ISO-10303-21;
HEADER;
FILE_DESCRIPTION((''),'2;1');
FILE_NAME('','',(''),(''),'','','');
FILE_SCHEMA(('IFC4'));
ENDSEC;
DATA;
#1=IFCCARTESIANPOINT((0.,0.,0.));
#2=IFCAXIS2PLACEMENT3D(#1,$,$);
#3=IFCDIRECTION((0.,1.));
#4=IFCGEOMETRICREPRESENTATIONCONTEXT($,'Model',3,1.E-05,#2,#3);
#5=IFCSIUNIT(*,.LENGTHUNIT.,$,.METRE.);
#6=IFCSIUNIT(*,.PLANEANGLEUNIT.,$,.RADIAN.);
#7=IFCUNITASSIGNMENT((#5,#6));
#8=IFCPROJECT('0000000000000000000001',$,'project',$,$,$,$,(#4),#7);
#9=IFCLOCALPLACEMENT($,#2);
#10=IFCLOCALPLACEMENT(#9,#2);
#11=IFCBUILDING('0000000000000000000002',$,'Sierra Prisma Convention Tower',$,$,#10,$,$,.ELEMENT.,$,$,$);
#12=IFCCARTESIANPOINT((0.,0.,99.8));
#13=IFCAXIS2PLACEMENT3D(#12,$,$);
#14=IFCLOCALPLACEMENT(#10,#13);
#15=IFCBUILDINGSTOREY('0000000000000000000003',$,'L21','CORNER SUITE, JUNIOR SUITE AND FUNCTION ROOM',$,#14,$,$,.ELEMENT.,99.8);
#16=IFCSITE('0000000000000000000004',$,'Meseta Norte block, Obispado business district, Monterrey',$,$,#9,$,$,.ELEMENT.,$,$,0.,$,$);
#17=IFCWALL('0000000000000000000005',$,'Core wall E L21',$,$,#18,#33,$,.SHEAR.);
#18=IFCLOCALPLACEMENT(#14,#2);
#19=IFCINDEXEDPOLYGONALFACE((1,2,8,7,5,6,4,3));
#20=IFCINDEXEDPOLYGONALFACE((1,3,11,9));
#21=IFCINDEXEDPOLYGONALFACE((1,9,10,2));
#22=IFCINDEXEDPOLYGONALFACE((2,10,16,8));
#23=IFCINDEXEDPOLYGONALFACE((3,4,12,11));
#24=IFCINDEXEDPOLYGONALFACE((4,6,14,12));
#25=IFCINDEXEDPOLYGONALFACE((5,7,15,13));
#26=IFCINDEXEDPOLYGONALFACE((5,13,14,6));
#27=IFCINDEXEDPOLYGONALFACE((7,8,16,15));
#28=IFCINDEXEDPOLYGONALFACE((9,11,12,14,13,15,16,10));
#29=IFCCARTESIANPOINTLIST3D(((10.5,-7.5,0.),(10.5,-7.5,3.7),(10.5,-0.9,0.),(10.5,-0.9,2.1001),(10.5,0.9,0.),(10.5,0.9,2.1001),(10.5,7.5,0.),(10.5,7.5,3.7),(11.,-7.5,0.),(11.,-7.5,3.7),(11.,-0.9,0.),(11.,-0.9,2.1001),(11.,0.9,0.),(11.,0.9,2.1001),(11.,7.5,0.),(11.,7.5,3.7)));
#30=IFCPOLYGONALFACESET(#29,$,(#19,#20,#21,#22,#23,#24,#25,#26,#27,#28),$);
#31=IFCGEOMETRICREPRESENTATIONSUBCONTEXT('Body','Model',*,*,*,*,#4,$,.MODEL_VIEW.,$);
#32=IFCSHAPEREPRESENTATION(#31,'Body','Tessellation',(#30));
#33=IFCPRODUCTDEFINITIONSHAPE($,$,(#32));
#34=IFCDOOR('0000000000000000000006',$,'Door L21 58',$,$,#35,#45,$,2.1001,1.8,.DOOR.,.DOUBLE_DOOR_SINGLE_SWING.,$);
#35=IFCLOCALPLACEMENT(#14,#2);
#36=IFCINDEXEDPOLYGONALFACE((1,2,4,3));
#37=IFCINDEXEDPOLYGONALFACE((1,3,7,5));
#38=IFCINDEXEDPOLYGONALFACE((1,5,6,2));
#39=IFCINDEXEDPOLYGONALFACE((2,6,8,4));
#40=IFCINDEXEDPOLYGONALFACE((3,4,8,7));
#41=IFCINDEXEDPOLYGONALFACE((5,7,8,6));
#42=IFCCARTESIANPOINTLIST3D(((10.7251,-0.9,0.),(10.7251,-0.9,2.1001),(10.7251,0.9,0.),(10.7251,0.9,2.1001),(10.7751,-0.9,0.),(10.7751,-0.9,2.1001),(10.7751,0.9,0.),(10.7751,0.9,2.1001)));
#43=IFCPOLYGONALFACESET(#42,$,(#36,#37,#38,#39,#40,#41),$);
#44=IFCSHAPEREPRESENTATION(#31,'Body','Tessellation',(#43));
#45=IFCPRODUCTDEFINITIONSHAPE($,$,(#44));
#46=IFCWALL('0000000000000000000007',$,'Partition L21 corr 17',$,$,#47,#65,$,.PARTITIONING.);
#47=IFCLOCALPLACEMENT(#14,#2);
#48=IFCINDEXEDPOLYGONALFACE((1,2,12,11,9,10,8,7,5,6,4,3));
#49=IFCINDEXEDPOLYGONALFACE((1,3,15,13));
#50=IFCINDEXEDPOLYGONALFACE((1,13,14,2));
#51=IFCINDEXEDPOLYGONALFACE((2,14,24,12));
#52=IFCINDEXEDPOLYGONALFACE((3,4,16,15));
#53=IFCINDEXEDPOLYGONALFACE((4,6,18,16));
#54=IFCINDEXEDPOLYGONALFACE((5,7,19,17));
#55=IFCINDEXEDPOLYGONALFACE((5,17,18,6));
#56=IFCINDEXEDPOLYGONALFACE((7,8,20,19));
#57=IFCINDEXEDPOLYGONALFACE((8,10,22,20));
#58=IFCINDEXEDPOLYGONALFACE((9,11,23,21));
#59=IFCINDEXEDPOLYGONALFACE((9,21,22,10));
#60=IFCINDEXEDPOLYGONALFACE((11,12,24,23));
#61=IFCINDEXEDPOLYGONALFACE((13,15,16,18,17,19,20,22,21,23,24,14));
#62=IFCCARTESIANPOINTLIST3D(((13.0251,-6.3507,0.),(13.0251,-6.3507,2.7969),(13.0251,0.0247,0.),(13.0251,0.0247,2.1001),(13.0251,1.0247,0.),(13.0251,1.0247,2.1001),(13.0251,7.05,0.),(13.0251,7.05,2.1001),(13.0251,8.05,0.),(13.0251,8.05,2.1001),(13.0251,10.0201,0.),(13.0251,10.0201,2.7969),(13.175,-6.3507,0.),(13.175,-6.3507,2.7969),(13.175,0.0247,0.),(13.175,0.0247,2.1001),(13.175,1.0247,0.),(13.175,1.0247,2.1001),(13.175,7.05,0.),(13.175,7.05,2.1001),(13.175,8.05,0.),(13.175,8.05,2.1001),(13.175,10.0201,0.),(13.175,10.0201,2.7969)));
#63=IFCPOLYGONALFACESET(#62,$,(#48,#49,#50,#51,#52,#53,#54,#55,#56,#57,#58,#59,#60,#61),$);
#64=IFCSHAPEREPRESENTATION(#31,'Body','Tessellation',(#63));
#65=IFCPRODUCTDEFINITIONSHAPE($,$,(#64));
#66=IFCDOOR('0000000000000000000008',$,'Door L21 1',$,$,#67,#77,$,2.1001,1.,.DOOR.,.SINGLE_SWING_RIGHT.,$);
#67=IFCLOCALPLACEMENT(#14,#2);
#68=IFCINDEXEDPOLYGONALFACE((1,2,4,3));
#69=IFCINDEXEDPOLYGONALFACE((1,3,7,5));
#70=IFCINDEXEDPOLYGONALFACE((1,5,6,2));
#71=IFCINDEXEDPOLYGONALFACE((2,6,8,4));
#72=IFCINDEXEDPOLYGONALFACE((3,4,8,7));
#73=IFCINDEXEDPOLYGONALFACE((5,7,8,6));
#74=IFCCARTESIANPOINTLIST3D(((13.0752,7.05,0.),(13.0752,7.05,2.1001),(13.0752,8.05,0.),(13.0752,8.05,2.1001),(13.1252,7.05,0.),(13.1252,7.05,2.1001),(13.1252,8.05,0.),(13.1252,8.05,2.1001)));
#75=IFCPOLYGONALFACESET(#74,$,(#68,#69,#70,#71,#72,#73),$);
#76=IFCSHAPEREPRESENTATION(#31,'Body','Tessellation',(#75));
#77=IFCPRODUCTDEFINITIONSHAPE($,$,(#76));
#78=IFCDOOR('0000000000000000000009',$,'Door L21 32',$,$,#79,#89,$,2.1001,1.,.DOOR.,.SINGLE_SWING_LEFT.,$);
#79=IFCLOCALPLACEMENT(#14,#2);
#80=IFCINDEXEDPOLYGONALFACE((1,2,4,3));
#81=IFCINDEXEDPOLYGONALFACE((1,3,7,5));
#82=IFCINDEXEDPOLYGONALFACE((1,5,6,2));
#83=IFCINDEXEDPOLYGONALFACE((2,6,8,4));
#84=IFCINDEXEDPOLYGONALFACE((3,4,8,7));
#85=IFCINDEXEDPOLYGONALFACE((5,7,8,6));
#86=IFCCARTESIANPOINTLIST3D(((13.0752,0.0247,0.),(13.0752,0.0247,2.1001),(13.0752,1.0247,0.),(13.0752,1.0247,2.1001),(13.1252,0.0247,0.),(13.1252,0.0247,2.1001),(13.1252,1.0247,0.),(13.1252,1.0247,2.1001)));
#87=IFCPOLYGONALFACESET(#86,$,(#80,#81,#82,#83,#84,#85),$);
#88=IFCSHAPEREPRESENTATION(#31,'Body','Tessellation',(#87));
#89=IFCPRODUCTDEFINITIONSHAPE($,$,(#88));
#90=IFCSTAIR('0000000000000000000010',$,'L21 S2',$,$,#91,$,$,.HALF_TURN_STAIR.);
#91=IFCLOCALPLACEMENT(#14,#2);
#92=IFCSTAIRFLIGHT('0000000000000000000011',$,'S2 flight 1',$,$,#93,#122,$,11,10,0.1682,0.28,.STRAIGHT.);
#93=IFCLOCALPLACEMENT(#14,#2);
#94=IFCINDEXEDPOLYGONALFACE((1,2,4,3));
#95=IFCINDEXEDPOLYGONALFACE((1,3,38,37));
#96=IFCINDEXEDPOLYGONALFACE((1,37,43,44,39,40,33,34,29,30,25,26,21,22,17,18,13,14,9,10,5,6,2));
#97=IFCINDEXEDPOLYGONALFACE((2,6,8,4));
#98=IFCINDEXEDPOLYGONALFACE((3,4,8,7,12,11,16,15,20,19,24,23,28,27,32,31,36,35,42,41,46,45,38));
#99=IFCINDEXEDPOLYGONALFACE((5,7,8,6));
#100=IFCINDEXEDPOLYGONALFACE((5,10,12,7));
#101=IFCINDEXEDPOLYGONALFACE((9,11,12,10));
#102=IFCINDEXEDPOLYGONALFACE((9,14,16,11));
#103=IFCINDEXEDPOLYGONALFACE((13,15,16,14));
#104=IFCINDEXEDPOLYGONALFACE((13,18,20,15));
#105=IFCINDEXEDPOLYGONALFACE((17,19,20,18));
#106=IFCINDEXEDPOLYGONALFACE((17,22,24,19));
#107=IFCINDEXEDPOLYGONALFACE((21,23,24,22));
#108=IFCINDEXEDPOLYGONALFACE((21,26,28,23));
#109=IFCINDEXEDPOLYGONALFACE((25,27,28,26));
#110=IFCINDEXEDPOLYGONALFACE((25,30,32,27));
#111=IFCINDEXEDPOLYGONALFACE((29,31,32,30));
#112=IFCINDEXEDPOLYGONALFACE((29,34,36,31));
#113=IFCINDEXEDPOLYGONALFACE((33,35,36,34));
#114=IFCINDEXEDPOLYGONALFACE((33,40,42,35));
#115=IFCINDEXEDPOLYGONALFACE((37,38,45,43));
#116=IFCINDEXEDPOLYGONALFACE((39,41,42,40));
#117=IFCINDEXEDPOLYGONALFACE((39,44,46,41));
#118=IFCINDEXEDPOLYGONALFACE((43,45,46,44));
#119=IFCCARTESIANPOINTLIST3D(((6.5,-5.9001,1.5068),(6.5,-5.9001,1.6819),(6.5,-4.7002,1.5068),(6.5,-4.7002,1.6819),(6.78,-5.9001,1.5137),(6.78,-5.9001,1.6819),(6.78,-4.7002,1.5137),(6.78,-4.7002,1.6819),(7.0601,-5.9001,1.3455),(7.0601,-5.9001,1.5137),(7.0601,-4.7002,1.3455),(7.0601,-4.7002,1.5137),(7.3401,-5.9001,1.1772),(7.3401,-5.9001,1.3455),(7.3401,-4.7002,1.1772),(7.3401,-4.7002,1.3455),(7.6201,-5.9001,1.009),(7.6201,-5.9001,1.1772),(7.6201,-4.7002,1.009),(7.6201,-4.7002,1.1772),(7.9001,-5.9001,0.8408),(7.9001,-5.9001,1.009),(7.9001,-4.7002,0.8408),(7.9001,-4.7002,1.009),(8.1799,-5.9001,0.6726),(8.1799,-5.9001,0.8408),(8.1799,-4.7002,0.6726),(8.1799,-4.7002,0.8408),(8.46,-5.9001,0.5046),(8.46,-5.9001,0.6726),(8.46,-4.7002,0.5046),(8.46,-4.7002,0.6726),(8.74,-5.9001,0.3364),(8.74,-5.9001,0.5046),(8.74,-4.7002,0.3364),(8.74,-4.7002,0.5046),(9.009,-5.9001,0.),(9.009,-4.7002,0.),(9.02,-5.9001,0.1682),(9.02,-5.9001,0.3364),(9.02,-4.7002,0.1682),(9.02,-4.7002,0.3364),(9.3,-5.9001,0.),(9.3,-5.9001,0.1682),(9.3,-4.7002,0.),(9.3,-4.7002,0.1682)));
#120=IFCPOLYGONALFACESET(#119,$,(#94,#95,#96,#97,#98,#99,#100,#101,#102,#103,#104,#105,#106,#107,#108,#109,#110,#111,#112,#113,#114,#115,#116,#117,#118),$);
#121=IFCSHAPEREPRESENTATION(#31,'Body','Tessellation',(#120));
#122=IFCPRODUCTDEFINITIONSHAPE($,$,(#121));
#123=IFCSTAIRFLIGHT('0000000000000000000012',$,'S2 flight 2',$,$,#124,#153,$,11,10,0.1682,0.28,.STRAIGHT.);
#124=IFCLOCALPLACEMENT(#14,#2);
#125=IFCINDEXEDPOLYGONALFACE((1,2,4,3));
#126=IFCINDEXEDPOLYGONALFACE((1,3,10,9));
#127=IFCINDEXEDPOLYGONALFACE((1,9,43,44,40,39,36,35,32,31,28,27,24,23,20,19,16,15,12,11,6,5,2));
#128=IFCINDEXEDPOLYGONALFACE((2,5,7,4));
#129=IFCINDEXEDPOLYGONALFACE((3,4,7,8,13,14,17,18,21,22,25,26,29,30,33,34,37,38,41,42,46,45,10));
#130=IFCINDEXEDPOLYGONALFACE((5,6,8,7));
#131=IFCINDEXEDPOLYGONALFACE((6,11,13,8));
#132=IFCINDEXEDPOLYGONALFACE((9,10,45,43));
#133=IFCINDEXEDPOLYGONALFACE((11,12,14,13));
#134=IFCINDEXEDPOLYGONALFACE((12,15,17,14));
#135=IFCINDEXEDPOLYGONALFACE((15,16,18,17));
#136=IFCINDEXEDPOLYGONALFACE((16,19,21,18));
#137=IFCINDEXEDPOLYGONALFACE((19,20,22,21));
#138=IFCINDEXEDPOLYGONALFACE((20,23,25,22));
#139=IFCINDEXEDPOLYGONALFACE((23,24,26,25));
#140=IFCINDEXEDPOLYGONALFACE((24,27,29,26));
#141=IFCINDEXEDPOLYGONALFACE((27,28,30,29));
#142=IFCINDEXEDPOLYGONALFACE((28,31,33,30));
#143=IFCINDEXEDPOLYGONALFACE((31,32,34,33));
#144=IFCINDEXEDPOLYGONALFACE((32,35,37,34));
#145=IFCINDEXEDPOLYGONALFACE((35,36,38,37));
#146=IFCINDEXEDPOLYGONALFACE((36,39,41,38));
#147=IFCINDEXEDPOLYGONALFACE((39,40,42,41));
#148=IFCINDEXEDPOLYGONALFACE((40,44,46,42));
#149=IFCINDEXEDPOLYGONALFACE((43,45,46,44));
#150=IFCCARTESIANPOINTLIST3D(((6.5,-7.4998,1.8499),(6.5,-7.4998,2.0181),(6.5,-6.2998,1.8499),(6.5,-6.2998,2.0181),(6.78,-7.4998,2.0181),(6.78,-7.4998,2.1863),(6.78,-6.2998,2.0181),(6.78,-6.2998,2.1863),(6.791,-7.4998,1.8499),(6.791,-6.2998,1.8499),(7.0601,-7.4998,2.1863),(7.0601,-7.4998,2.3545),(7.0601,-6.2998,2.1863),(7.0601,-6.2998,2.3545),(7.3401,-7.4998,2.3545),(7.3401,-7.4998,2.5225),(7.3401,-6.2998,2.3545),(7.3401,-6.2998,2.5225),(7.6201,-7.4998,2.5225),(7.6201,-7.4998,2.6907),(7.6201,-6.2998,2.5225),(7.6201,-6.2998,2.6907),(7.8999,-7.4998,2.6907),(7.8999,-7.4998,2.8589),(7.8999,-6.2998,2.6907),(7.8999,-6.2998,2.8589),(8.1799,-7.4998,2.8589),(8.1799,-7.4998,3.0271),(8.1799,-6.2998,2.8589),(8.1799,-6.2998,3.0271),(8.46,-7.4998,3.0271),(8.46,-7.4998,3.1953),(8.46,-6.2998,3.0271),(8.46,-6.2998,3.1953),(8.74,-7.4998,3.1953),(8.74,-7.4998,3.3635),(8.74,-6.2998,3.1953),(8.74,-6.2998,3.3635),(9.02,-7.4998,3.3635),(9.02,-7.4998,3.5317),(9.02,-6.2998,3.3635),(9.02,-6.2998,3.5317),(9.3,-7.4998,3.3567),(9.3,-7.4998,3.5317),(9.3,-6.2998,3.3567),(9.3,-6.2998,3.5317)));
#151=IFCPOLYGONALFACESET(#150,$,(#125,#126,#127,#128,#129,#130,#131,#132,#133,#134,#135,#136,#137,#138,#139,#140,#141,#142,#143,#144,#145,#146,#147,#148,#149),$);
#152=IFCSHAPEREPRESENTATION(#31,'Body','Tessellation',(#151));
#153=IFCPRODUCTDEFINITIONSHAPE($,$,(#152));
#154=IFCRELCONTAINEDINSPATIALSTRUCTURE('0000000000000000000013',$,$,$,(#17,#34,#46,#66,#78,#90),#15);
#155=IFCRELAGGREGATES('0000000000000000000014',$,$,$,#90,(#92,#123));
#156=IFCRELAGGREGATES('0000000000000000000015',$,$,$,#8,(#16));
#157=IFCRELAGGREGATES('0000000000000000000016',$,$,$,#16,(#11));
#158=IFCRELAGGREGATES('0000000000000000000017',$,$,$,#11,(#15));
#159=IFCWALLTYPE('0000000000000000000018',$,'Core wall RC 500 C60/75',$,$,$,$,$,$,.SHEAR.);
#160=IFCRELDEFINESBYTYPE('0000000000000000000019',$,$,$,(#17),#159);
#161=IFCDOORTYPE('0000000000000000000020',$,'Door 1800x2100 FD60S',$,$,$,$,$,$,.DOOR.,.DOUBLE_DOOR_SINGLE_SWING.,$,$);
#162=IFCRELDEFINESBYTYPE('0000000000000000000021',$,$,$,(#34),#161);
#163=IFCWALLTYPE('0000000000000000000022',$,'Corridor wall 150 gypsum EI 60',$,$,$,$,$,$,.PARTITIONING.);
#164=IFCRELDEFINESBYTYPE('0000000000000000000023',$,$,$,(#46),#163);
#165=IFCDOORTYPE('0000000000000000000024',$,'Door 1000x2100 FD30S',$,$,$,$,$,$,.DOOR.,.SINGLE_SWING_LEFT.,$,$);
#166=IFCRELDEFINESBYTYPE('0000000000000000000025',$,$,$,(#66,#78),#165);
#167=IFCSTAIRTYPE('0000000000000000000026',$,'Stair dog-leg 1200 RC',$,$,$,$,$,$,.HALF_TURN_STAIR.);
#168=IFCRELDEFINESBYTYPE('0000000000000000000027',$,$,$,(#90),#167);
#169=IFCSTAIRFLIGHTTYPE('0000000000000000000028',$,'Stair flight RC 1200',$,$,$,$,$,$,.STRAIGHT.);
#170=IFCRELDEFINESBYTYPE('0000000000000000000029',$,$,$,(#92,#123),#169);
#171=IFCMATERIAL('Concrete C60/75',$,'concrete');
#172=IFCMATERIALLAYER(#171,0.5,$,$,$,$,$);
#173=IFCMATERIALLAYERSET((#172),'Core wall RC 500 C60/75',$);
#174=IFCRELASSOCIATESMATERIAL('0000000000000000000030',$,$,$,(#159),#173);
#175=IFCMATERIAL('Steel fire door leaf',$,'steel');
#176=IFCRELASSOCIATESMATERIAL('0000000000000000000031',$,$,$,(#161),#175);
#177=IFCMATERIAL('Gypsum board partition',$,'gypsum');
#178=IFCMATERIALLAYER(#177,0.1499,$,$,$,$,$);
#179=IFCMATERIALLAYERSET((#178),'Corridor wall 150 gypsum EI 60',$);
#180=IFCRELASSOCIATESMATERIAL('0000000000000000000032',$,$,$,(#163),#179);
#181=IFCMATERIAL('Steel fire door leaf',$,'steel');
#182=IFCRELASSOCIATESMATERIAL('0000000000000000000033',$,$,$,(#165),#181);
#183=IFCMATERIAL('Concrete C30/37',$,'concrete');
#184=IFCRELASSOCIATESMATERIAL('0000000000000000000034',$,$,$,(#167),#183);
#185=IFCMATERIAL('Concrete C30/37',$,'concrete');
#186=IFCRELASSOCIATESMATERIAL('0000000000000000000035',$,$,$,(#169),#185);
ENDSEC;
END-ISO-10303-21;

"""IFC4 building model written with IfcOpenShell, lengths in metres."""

from ifc_helpers import new_model, si_unit, direction, frame, frame_2d, origin, place, context, subcontext, project, spatial, polyline, rectangle, outline, extrude, material, layer, layer_set, type_object, element, fill, aggregate, save


model = new_model("IFC4")

# Units and contexts
model_context = context("Model", 3, precision=1e-05, world=origin(), true_north=direction((0.0, 1.0)))
body_context = subcontext(model_context, "Body", "Model", "MODEL_VIEW")
ifc_project = project(units=[si_unit("LENGTHUNIT", "METRE"), si_unit("PLANEANGLEUNIT", "RADIAN")], contexts=[model_context])

# Site, building, storey
site_placement = place(None, origin())
site = spatial("IfcSite", under=ifc_project, at=site_placement, Name="Meseta Norte block, Obispado business district, Monterrey", CompositionType="ELEMENT", RefElevation=0.0)
building_placement = place(site_placement, origin())
building = spatial("IfcBuilding", under=site, at=building_placement, Name="Sierra Prisma Convention Tower", CompositionType="ELEMENT")
storey_placement = place(building_placement, frame((0.0, 0.0, 99.8)))
storey = spatial("IfcBuildingStorey", under=building, at=storey_placement, Name="L21", Description="CORNER SUITE, JUNIOR SUITE AND FUNCTION ROOM", CompositionType="ELEMENT", Elevation=99.8)

# Wall, opening, door
ifc_material_1 = material(Name="Concrete C60/75", Category="concrete")
ifc_layer_1 = layer(ifc_material_1, 0.5)
ifc_layer_set_1 = layer_set([ifc_layer_1], Name="Core wall RC 500 C60/75")
wall_type_1 = type_object("IfcWallType", Name="Core wall RC 500 C60/75", PredefinedType="SHEAR", material=ifc_layer_set_1)
wall_1_placement = place(storey_placement, frame((10.75, -7.5, 0.0), z_axis=(0.0, 0.0, 1.0), x_axis=(0.0, 1.0, 0.0)))
wall_1 = element("IfcWall", 1, at=wall_1_placement, inside=storey, type_object=wall_type_1, Name="Core wall E L21", PredefinedType="SHEAR", context=body_context, shape_type="SweptSolid", body=[
    extrude(rectangle(XDim=15.0, YDim=0.5, at=frame_2d((7.5, 0.0))), origin(), (0.0, 0.0, 1.0), 3.7),
])
opening_1_placement = place(wall_1_placement, frame((6.6001, 0.0, 0.0)))
opening_1 = element("IfcOpeningElement", 2, at=opening_1_placement, cuts=wall_1, PredefinedType="OPENING", context=body_context, shape_type="SweptSolid", body=[
    extrude(rectangle(XDim=1.8, YDim=2.1001, at=frame_2d((0.8999, 1.05))), frame((0.0, 0.25, 0.0), z_axis=(0.0, -1.0, 0.0), x_axis=(1.0, 0.0, 0.0)), (0.0, 0.0, 1.0), 0.5),
])
ifc_material_2 = material(Name="Steel fire door leaf", Category="steel")
door_type_1 = type_object("IfcDoorType", Name="Door 1800x2100 FD60S", OperationType="DOUBLE_DOOR_SINGLE_SWING", PredefinedType="DOOR", material=ifc_material_2)
door_1_placement = place(opening_1_placement, origin())
door_1 = element("IfcDoor", 3, at=door_1_placement, inside=storey, type_object=door_type_1, Name="Door L21 58", OperationType="DOUBLE_DOOR_SINGLE_SWING", OverallHeight=2.1001, OverallWidth=1.8, PredefinedType="DOOR", context=body_context, shape_type="SweptSolid", body=[
    extrude(rectangle(XDim=1.8, YDim=2.1001, at=frame_2d((0.8999, 1.05))), frame((0.0, 0.0249, 0.0), z_axis=(0.0, -1.0, 0.0), x_axis=(1.0, 0.0, 0.0)), (0.0, 0.0, 1.0), 0.05),
])
fill(opening_1, door_1)

# Wall, openings, doors
ifc_material_3 = material(Name="Gypsum board partition", Category="gypsum")
ifc_layer_2 = layer(ifc_material_3, 0.1499)
ifc_layer_set_2 = layer_set([ifc_layer_2], Name="Corridor wall 150 gypsum EI 60")
wall_type_2 = type_object("IfcWallType", Name="Corridor wall 150 gypsum EI 60", PredefinedType="PARTITIONING", material=ifc_layer_set_2)
wall_2_placement = place(storey_placement, frame((13.1001, -6.3508, 0.0), z_axis=(0.0, 0.0, 1.0), x_axis=(0.0, 1.0, 0.0)))
wall_2 = element("IfcWall", 4, at=wall_2_placement, inside=storey, type_object=wall_type_2, Name="Partition L21 corr 17", PredefinedType="PARTITIONING", context=body_context, shape_type="SweptSolid", body=[
    extrude(rectangle(XDim=16.3708, YDim=0.1499, at=frame_2d((8.1855, 0.0))), origin(), (0.0, 0.0, 1.0), 2.7969),
])
opening_2_placement = place(wall_2_placement, frame((13.4009, 0.0, 0.0)))
opening_2 = element("IfcOpeningElement", 5, at=opening_2_placement, cuts=wall_2, PredefinedType="OPENING", context=body_context, shape_type="SweptSolid", body=[
    extrude(rectangle(XDim=1.0, YDim=2.1001, at=frame_2d((0.5, 1.05))), frame((0.0, 0.075, 0.0), z_axis=(0.0, -1.0, 0.0), x_axis=(1.0, 0.0, 0.0)), (0.0, 0.0, 1.0), 0.1499),
])
opening_3_placement = place(wall_2_placement, frame((6.3755, 0.0, 0.0)))
opening_3 = element("IfcOpeningElement", 6, at=opening_3_placement, cuts=wall_2, PredefinedType="OPENING", context=body_context, shape_type="SweptSolid", body=[
    extrude(rectangle(XDim=1.0, YDim=2.1001, at=frame_2d((0.5, 1.05))), frame((0.0, 0.075, 0.0), z_axis=(0.0, -1.0, 0.0), x_axis=(1.0, 0.0, 0.0)), (0.0, 0.0, 1.0), 0.1499),
])
ifc_material_4 = material(Name="Steel fire door leaf", Category="steel")
door_type_2 = type_object("IfcDoorType", Name="Door 1000x2100 FD30S", OperationType="SINGLE_SWING_LEFT", PredefinedType="DOOR", material=ifc_material_4)
door_2_placement = place(opening_2_placement, origin())
door_2 = element("IfcDoor", 7, at=door_2_placement, inside=storey, type_object=door_type_2, Name="Door L21 1", OperationType="SINGLE_SWING_RIGHT", OverallHeight=2.1001, OverallWidth=1.0, PredefinedType="DOOR", context=body_context, shape_type="SweptSolid", body=[
    extrude(rectangle(XDim=1.0, YDim=2.1001, at=frame_2d((0.5, 1.05))), frame((0.0, 0.0249, 0.0), z_axis=(0.0, -1.0, 0.0), x_axis=(1.0, 0.0, 0.0)), (0.0, 0.0, 1.0), 0.05),
])
fill(opening_2, door_2)
door_3_placement = place(opening_3_placement, origin())
door_3 = element("IfcDoor", 8, at=door_3_placement, inside=storey, type_object=door_type_2, Name="Door L21 32", OperationType="SINGLE_SWING_LEFT", OverallHeight=2.1001, OverallWidth=1.0, PredefinedType="DOOR", context=body_context, shape_type="SweptSolid", body=[
    extrude(rectangle(XDim=1.0, YDim=2.1001, at=frame_2d((0.5, 1.05))), frame((0.0, 0.0249, 0.0), z_axis=(0.0, -1.0, 0.0), x_axis=(1.0, 0.0, 0.0)), (0.0, 0.0, 1.0), 0.05),
])
fill(opening_3, door_3)

# Stair, stair flights
ifc_material_5 = material(Name="Concrete C30/37", Category="concrete")
stair_type = type_object("IfcStairType", Name="Stair dog-leg 1200 RC", PredefinedType="HALF_TURN_STAIR", material=ifc_material_5)
stair_placement = place(storey_placement, origin())
stair = element("IfcStair", 9, at=stair_placement, inside=storey, type_object=stair_type, Name="L21 S2", PredefinedType="HALF_TURN_STAIR")
ifc_material_6 = material(Name="Concrete C30/37", Category="concrete")
stair_flight_type = type_object("IfcStairFlightType", Name="Stair flight RC 1200", PredefinedType="STRAIGHT", material=ifc_material_6)
stair_flight_1_placement = place(storey_placement, frame((9.3, -5.3, 0.0), z_axis=(0.0, 0.0, 1.0), x_axis=(-1.0, 0.0, 0.0)))
stair_flight_1 = element("IfcStairFlight", 10, at=stair_flight_1_placement, type_object=stair_flight_type, Name="S2 flight 1", NumberOfRisers=11, NumberOfTreads=10, PredefinedType="STRAIGHT", RiserHeight=0.1682, TreadLength=0.28, context=body_context, shape_type="SweptSolid", body=[
    extrude(outline(polyline([(0.0, 0.0), (0.0, 0.1682), (0.28, 0.1682), (0.28, 0.3364), (0.5601, 0.3364), (0.5601, 0.5046), (0.8401, 0.5046), (0.8401, 0.6726), (1.1201, 0.6726), (1.1201, 0.8408), (1.3999, 0.8408), (1.3999, 1.009), (1.6799, 1.009), (1.6799, 1.1772), (1.96, 1.1772), (1.96, 1.3455), (2.24, 1.3455), (2.24, 1.5137), (2.52, 1.5137), (2.52, 1.6819), (2.8, 1.6819), (2.8, 1.8501), (2.8, 1.5068), (0.291, 0.0), (0.0, 0.0)])), frame((0.0, 0.6001, 0.0), z_axis=(0.0, -1.0, 0.0), x_axis=(1.0, 0.0, 0.0)), (0.0, 0.0, 1.0), 1.2),
])
stair_flight_2_placement = place(storey_placement, frame((6.5, -6.8999, 1.8499), z_axis=(0.0, 0.0, 1.0), x_axis=(1.0, 0.0, 0.0)))
stair_flight_2 = element("IfcStairFlight", 11, at=stair_flight_2_placement, type_object=stair_flight_type, Name="S2 flight 2", NumberOfRisers=11, NumberOfTreads=10, PredefinedType="STRAIGHT", RiserHeight=0.1682, TreadLength=0.28, context=body_context, shape_type="SweptSolid", body=[
    extrude(outline(polyline([(0.0, 0.0), (0.0, 0.1682), (0.28, 0.1682), (0.28, 0.3364), (0.5601, 0.3364), (0.5601, 0.5046), (0.8401, 0.5046), (0.8401, 0.6726), (1.1201, 0.6726), (1.1201, 0.8408), (1.3999, 0.8408), (1.3999, 1.009), (1.6799, 1.009), (1.6799, 1.1772), (1.96, 1.1772), (1.96, 1.3455), (2.24, 1.3455), (2.24, 1.5137), (2.52, 1.5137), (2.52, 1.6819), (2.8, 1.6819), (2.8, 1.8501), (2.8, 1.5068), (0.291, 0.0), (0.0, 0.0)])), frame((0.0, 0.6001, 0.0), z_axis=(0.0, -1.0, 0.0), x_axis=(1.0, 0.0, 0.0)), (0.0, 0.0, 1.0), 1.2),
])
aggregate(stair, [stair_flight_1, stair_flight_2])

save(model, "model.ifc")
